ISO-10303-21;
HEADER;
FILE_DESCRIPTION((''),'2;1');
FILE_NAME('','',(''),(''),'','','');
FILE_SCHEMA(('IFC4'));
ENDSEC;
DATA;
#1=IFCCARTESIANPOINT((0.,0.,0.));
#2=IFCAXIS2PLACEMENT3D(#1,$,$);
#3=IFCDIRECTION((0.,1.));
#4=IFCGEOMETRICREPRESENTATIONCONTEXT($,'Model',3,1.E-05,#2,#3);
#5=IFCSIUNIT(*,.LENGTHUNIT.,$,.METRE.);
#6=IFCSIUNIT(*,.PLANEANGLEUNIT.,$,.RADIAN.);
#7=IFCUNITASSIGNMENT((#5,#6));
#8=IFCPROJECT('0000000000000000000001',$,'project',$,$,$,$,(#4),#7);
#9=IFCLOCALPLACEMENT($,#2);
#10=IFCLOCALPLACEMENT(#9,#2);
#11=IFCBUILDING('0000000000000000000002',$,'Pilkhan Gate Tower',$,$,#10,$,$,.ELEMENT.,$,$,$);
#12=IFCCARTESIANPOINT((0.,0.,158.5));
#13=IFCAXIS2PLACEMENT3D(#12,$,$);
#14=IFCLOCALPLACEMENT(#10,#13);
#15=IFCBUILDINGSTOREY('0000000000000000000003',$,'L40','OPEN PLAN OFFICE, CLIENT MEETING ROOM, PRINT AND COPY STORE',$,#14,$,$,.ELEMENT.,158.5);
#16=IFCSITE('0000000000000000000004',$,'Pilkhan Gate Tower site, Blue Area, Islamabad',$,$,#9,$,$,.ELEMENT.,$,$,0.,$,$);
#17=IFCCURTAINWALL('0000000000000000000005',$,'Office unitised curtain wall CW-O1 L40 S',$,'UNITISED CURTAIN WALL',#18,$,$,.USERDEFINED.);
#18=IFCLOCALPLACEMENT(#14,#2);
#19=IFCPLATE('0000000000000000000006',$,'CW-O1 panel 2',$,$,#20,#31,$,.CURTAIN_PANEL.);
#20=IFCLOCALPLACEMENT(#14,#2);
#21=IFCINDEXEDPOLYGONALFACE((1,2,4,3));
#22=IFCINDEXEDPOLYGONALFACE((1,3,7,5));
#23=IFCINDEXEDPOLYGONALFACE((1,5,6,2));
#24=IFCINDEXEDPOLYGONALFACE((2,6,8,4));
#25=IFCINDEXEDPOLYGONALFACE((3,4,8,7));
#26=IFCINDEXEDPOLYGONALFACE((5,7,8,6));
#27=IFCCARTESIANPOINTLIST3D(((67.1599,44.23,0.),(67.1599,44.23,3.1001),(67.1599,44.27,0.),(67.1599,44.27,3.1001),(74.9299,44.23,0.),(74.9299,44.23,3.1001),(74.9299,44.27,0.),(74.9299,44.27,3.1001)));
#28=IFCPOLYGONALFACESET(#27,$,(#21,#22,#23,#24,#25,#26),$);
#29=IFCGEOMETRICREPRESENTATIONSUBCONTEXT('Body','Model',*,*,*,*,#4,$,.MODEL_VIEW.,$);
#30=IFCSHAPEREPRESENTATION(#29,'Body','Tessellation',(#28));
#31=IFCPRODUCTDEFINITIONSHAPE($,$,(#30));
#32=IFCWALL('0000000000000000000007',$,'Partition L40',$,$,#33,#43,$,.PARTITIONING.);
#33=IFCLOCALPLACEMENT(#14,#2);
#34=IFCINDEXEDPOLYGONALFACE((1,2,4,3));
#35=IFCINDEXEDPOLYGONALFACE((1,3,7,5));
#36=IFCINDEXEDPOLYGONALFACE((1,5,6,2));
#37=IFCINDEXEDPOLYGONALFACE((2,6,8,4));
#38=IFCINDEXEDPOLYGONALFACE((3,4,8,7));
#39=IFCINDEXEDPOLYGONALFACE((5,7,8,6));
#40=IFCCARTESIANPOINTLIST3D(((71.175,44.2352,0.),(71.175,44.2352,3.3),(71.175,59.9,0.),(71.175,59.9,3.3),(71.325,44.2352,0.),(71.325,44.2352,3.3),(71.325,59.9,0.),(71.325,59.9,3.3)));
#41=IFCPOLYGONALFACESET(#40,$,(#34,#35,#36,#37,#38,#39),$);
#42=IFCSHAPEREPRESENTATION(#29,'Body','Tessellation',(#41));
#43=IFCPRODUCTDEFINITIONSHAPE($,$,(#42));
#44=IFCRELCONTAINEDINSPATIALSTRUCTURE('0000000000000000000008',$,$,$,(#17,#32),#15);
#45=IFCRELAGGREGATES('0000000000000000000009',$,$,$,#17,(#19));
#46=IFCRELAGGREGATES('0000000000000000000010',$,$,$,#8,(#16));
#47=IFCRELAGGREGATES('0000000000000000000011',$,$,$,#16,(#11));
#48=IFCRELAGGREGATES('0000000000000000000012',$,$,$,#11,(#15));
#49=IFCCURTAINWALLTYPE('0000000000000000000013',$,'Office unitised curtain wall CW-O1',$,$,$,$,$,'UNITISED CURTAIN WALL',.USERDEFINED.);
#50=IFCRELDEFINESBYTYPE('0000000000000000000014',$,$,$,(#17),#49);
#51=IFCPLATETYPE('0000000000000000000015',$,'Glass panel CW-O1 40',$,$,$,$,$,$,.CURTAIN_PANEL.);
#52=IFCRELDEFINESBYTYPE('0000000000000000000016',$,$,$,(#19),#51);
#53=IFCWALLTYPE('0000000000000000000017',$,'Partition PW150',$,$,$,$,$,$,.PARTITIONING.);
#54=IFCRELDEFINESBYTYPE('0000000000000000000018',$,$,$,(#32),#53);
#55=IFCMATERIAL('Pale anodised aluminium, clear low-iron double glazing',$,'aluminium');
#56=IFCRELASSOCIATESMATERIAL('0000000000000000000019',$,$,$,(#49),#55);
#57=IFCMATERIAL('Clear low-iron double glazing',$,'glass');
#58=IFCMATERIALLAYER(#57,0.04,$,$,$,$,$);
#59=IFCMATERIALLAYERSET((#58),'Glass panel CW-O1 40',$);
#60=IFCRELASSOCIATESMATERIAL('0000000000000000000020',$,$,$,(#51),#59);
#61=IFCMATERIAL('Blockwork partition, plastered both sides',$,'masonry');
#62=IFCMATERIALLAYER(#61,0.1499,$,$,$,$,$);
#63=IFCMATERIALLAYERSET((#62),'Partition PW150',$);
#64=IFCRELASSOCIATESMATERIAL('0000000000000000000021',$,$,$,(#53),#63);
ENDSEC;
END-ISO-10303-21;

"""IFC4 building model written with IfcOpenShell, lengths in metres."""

from ifc_helpers import new_model, si_unit, direction, frame, frame_2d, origin, origin_2d, place, context, subcontext, project, spatial, rectangle, extrude, material, layer, layer_set, type_object, element, aggregate, save


model = new_model("IFC4")

# Units and contexts
model_context = context("Model", 3, precision=1e-05, world=origin(), true_north=direction((0.0, 1.0)))
body_context = subcontext(model_context, "Body", "Model", "MODEL_VIEW")
ifc_project = project(units=[si_unit("LENGTHUNIT", "METRE"), si_unit("PLANEANGLEUNIT", "RADIAN")], contexts=[model_context])

# Site, building, storey
site_placement = place(None, origin())
site = spatial("IfcSite", under=ifc_project, at=site_placement, Name="Pilkhan Gate Tower site, Blue Area, Islamabad", CompositionType="ELEMENT", RefElevation=0.0)
building_placement = place(site_placement, origin())
building = spatial("IfcBuilding", under=site, at=building_placement, Name="Pilkhan Gate Tower", CompositionType="ELEMENT")
storey_placement = place(building_placement, frame((0.0, 0.0, 158.5)))
storey = spatial("IfcBuildingStorey", under=building, at=storey_placement, Name="L40", Description="OPEN PLAN OFFICE, CLIENT MEETING ROOM, PRINT AND COPY STORE", CompositionType="ELEMENT", Elevation=158.5)

# Shared definitions
ifc_material_1 = material(Name="Pale anodised aluminium, clear low-iron double glazing", Category="aluminium")
curtain_wall_type = type_object("IfcCurtainWallType", Name="Office unitised curtain wall CW-O1", ElementType="UNITISED CURTAIN WALL", PredefinedType="USERDEFINED", material=ifc_material_1)

# Curtain wall
curtain_wall_1_placement = place(storey_placement, origin())
curtain_wall_1 = element("IfcCurtainWall", 1, at=curtain_wall_1_placement, inside=storey, type_object=curtain_wall_type, Name="Office unitised curtain wall CW-O1 L40 S", ObjectType="UNITISED CURTAIN WALL", PredefinedType="USERDEFINED")

# Plate
ifc_material_2 = material(Name="Clear low-iron double glazing", Category="glass")
ifc_layer_1 = layer(ifc_material_2, 0.04)
ifc_layer_set_1 = layer_set([ifc_layer_1], Name="Glass panel CW-O1 40")
plate_type = type_object("IfcPlateType", Name="Glass panel CW-O1 40", PredefinedType="CURTAIN_PANEL", material=ifc_layer_set_1)
plate_1_placement = place(storey_placement, frame((71.0449, 44.25, 0.0), z_axis=(0.0, 0.0, 1.0), x_axis=(1.0, 0.0, 0.0)))
plate_1 = element("IfcPlate", 2, at=plate_1_placement, type_object=plate_type, Name="CW-O1 panel 2", PredefinedType="CURTAIN_PANEL", context=body_context, shape_type="SweptSolid", body=[
    extrude(rectangle(XDim=7.77, YDim=0.04, at=origin_2d()), origin(), (0.0, 0.0, 1.0), 3.1001),
])
aggregate(curtain_wall_1, [plate_1])

# Wall
ifc_material_3 = material(Name="Blockwork partition, plastered both sides", Category="masonry")
ifc_layer_2 = layer(ifc_material_3, 0.1499)
ifc_layer_set_2 = layer_set([ifc_layer_2], Name="Partition PW150")
wall_type = type_object("IfcWallType", Name="Partition PW150", PredefinedType="PARTITIONING", material=ifc_layer_set_2)
wall_placement = place(storey_placement, frame((71.25, 44.2351, 0.0), z_axis=(0.0, 0.0, 1.0), x_axis=(0.0, 1.0, 0.0)))
element("IfcWall", 3, at=wall_placement, inside=storey, type_object=wall_type, Name="Partition L40", PredefinedType="PARTITIONING", context=body_context, shape_type="SweptSolid", body=[
    extrude(rectangle(XDim=15.6648, YDim=0.1499, at=frame_2d((7.8325, 0.0))), origin(), (0.0, 0.0, 1.0), 3.3),
])

save(model, "model.ifc")
